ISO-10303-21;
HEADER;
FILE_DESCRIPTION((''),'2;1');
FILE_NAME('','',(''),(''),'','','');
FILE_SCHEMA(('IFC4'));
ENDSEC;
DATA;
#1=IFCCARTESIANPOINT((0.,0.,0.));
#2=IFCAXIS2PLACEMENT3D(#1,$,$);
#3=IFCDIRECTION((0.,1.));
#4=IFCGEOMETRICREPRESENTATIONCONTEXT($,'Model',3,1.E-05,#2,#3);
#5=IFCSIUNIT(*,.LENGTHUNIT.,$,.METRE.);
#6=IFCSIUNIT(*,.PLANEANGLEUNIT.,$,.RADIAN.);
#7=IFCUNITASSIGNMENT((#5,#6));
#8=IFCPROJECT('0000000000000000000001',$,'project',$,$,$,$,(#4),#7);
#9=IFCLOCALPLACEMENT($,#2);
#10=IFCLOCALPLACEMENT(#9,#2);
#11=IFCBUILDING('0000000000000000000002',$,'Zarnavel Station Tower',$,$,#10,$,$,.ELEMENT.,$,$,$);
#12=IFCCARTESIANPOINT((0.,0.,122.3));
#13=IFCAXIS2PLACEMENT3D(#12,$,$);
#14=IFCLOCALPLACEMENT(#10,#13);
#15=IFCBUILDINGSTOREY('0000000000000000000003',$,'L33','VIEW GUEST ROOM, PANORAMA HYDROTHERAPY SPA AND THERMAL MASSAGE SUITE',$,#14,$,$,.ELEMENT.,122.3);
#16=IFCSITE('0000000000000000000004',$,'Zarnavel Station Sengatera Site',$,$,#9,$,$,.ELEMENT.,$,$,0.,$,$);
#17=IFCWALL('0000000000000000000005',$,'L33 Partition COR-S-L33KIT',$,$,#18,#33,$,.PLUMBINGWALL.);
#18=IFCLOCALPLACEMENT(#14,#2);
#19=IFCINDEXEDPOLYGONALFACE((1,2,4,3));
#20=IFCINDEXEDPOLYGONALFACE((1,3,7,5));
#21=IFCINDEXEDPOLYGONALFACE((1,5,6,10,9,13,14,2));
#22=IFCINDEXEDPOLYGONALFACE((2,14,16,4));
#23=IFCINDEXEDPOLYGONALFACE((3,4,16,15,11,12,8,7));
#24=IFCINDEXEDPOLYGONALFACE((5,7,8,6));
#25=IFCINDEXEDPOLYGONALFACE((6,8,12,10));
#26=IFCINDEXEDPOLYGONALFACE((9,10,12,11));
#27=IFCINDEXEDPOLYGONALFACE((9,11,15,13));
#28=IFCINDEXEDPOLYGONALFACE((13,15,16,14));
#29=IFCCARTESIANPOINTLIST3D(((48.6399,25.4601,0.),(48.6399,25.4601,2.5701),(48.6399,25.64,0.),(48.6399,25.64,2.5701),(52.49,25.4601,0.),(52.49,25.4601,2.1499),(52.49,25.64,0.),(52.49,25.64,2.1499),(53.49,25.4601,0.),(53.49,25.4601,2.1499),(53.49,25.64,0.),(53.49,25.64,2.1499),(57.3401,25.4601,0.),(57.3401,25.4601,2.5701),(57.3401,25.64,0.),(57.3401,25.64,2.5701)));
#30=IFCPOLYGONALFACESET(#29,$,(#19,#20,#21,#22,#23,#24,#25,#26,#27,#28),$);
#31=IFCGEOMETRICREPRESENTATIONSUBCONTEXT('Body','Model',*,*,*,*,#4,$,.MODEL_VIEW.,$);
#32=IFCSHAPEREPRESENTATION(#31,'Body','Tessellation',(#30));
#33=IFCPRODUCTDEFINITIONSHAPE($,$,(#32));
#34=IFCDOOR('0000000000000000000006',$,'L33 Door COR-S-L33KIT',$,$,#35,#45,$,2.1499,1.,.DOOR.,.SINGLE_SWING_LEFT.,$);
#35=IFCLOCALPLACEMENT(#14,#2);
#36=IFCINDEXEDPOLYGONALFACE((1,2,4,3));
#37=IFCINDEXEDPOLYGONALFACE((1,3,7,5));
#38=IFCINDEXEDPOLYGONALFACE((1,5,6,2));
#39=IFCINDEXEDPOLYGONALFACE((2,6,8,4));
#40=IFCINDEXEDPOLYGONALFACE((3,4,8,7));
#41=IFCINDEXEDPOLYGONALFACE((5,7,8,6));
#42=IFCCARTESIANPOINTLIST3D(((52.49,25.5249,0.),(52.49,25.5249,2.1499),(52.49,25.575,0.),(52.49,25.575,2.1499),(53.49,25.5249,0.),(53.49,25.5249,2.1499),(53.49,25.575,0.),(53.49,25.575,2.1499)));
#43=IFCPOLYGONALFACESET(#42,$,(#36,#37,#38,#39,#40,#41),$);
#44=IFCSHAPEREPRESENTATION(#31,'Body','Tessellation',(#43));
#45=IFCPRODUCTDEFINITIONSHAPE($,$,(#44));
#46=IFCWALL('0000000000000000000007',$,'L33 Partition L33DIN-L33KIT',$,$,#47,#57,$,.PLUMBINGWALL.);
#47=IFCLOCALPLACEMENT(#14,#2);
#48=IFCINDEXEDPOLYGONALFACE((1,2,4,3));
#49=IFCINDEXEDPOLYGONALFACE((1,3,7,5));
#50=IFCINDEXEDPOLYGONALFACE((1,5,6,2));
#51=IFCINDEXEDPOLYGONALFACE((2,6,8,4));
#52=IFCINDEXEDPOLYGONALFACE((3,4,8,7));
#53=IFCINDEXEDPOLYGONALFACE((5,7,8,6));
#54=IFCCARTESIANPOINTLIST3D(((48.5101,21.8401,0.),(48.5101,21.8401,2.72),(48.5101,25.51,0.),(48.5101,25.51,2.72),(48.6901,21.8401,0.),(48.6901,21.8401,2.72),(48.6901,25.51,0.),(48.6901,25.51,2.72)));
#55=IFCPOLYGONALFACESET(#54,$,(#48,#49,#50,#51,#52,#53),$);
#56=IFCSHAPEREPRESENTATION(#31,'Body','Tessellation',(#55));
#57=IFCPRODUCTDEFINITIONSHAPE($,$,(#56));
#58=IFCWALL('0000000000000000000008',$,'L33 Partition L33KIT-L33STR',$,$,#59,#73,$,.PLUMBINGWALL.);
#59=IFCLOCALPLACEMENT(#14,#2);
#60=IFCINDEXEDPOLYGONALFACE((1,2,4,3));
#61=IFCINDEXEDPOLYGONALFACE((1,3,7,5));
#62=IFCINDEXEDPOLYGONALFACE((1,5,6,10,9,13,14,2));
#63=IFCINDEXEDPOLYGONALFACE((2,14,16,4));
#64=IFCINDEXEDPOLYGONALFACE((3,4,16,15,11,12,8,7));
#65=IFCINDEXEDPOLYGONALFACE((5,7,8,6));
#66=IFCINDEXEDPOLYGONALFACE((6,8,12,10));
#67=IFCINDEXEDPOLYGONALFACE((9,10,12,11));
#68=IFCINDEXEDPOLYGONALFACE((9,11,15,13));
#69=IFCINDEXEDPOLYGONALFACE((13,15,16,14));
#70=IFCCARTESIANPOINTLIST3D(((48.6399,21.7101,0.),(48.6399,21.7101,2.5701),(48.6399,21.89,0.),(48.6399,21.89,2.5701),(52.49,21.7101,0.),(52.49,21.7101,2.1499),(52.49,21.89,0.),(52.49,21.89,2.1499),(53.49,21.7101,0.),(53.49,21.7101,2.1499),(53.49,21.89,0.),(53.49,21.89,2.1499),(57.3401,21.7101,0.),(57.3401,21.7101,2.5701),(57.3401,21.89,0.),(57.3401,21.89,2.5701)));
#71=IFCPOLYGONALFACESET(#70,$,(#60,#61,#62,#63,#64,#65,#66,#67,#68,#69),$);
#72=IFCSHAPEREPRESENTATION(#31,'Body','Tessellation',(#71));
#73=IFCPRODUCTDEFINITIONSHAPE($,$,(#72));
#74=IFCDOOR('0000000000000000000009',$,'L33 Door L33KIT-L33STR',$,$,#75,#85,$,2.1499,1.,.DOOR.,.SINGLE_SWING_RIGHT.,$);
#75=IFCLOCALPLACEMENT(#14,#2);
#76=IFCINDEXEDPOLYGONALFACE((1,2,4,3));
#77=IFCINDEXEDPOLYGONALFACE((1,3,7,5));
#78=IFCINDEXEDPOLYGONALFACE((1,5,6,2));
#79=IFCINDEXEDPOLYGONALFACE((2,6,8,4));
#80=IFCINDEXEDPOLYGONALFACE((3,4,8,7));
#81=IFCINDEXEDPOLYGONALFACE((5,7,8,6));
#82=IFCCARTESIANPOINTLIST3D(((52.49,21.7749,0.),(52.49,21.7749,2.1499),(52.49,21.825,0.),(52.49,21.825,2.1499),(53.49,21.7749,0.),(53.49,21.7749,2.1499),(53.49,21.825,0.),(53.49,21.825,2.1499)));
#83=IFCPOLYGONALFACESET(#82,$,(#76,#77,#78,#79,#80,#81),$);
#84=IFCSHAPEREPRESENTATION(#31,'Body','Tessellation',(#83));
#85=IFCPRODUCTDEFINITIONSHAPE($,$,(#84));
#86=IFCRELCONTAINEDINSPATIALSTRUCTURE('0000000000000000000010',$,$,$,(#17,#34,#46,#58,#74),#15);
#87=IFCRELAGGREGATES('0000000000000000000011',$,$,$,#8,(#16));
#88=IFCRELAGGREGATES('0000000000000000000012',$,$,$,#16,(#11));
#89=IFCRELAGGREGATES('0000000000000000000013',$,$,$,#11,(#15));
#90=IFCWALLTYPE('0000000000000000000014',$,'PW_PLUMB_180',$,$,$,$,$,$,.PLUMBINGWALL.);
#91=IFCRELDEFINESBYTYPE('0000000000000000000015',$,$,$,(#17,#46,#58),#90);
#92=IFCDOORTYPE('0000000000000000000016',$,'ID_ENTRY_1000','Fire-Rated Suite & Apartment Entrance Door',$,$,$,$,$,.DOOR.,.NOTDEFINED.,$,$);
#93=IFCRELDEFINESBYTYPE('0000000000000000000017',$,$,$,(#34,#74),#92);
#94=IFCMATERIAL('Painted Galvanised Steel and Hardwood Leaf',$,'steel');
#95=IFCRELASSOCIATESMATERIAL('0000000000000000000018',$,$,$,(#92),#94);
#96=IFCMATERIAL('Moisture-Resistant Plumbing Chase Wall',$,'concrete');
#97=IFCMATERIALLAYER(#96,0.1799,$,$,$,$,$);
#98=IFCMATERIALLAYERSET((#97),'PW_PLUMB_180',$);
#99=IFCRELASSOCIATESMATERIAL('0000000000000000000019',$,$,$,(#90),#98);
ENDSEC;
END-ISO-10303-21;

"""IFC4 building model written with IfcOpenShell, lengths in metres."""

from ifc_helpers import new_model, si_unit, direction, frame, frame_2d, origin, place, context, subcontext, project, spatial, rectangle, extrude, material, layer, layer_set, type_object, element, fill, save


model = new_model("IFC4")

# Units and contexts
model_context = context("Model", 3, precision=1e-05, world=origin(), true_north=direction((0.0, 1.0)))
body_context = subcontext(model_context, "Body", "Model", "MODEL_VIEW")
ifc_project = project(units=[si_unit("LENGTHUNIT", "METRE"), si_unit("PLANEANGLEUNIT", "RADIAN")], contexts=[model_context])

# Site, building, storey
site_placement = place(None, origin())
site = spatial("IfcSite", under=ifc_project, at=site_placement, Name="Zarnavel Station Sengatera Site", CompositionType="ELEMENT", RefElevation=0.0)
building_placement = place(site_placement, origin())
building = spatial("IfcBuilding", under=site, at=building_placement, Name="Zarnavel Station Tower", CompositionType="ELEMENT")
storey_placement = place(building_placement, frame((0.0, 0.0, 122.3)))
storey = spatial("IfcBuildingStorey", under=building, at=storey_placement, Name="L33", Description="VIEW GUEST ROOM, PANORAMA HYDROTHERAPY SPA AND THERMAL MASSAGE SUITE", CompositionType="ELEMENT", Elevation=122.3)

# Shared definitions
ifc_material_1 = material(Name="Painted Galvanised Steel and Hardwood Leaf", Category="steel")
door_type = type_object("IfcDoorType", Name="ID_ENTRY_1000", Description="Fire-Rated Suite & Apartment Entrance Door", OperationType="NOTDEFINED", PredefinedType="DOOR", material=ifc_material_1)

# Wall, opening, door
ifc_material_2 = material(Name="Moisture-Resistant Plumbing Chase Wall", Category="concrete")
ifc_layer_1 = layer(ifc_material_2, 0.1799)
ifc_layer_set_1 = layer_set([ifc_layer_1], Name="PW_PLUMB_180")
wall_type_1 = type_object("IfcWallType", Name="PW_PLUMB_180", PredefinedType="PLUMBINGWALL", material=ifc_layer_set_1)
wall_1_placement = place(storey_placement, frame((48.6399, 25.55, 0.0), z_axis=(0.0, 0.0, 1.0), x_axis=(1.0, 0.0, 0.0)))
wall_1 = element("IfcWall", 1, at=wall_1_placement, inside=storey, type_object=wall_type_1, Name="L33 Partition COR-S-L33KIT", PredefinedType="PLUMBINGWALL", context=body_context, shape_type="SweptSolid", body=[
    extrude(rectangle(XDim=8.7002, YDim=0.1799, at=frame_2d((4.3501, 0.0))), origin(), (0.0, 0.0, 1.0), 2.5701),
])
opening_1_placement = place(wall_1_placement, frame((3.8501, 0.0, 0.0)))
opening_1 = element("IfcOpeningElement", 2, at=opening_1_placement, cuts=wall_1, PredefinedType="OPENING", context=body_context, shape_type="SweptSolid", body=[
    extrude(rectangle(XDim=1.0, YDim=2.1499, at=frame_2d((0.5, 1.075))), frame((0.0, 0.0999, 0.0), z_axis=(0.0, -1.0, 0.0), x_axis=(1.0, 0.0, 0.0)), (0.0, 0.0, 1.0), 0.2),
])
door_1_placement = place(opening_1_placement, origin())
door_1 = element("IfcDoor", 3, at=door_1_placement, inside=storey, type_object=door_type, Name="L33 Door COR-S-L33KIT", OperationType="SINGLE_SWING_LEFT", OverallHeight=2.1499, OverallWidth=1.0, PredefinedType="DOOR", context=body_context, shape_type="SweptSolid", body=[
    extrude(rectangle(XDim=1.0, YDim=2.1499, at=frame_2d((0.5, 1.075))), frame((0.0, 0.0249, 0.0), z_axis=(0.0, -1.0, 0.0), x_axis=(1.0, 0.0, 0.0)), (0.0, 0.0, 1.0), 0.05),
])
fill(opening_1, door_1)

# Wall
wall_2_placement = place(storey_placement, frame((48.6001, 21.8401, 0.0), z_axis=(0.0, 0.0, 1.0), x_axis=(0.0, 1.0, 0.0)))
element("IfcWall", 4, at=wall_2_placement, inside=storey, type_object=wall_type_1, Name="L33 Partition L33DIN-L33KIT", PredefinedType="PLUMBINGWALL", context=body_context, shape_type="SweptSolid", body=[
    extrude(rectangle(XDim=3.6699, YDim=0.1799, at=frame_2d((1.835, 0.0))), origin(), (0.0, 0.0, 1.0), 2.72),
])

# Wall, opening, door
wall_3_placement = place(storey_placement, frame((48.6399, 21.8, 0.0), z_axis=(0.0, 0.0, 1.0), x_axis=(1.0, 0.0, 0.0)))
wall_3 = element("IfcWall", 5, at=wall_3_placement, inside=storey, type_object=wall_type_1, Name="L33 Partition L33KIT-L33STR", PredefinedType="PLUMBINGWALL", context=body_context, shape_type="SweptSolid", body=[
    extrude(rectangle(XDim=8.7002, YDim=0.1799, at=frame_2d((4.3501, 0.0))), origin(), (0.0, 0.0, 1.0), 2.5701),
])
opening_2_placement = place(wall_3_placement, frame((3.8501, 0.0, 0.0)))
opening_2 = element("IfcOpeningElement", 6, at=opening_2_placement, cuts=wall_3, PredefinedType="OPENING", context=body_context, shape_type="SweptSolid", body=[
    extrude(rectangle(XDim=1.0, YDim=2.1499, at=frame_2d((0.5, 1.075))), frame((0.0, 0.0999, 0.0), z_axis=(0.0, -1.0, 0.0), x_axis=(1.0, 0.0, 0.0)), (0.0, 0.0, 1.0), 0.2),
])
door_2_placement = place(opening_2_placement, origin())
door_2 = element("IfcDoor", 7, at=door_2_placement, inside=storey, type_object=door_type, Name="L33 Door L33KIT-L33STR", OperationType="SINGLE_SWING_RIGHT", OverallHeight=2.1499, OverallWidth=1.0, PredefinedType="DOOR", context=body_context, shape_type="SweptSolid", body=[
    extrude(rectangle(XDim=1.0, YDim=2.1499, at=frame_2d((0.5, 1.075))), frame((0.0, 0.0249, 0.0), z_axis=(0.0, -1.0, 0.0), x_axis=(1.0, 0.0, 0.0)), (0.0, 0.0, 1.0), 0.05),
])
fill(opening_2, door_2)

save(model, "model.ifc")
